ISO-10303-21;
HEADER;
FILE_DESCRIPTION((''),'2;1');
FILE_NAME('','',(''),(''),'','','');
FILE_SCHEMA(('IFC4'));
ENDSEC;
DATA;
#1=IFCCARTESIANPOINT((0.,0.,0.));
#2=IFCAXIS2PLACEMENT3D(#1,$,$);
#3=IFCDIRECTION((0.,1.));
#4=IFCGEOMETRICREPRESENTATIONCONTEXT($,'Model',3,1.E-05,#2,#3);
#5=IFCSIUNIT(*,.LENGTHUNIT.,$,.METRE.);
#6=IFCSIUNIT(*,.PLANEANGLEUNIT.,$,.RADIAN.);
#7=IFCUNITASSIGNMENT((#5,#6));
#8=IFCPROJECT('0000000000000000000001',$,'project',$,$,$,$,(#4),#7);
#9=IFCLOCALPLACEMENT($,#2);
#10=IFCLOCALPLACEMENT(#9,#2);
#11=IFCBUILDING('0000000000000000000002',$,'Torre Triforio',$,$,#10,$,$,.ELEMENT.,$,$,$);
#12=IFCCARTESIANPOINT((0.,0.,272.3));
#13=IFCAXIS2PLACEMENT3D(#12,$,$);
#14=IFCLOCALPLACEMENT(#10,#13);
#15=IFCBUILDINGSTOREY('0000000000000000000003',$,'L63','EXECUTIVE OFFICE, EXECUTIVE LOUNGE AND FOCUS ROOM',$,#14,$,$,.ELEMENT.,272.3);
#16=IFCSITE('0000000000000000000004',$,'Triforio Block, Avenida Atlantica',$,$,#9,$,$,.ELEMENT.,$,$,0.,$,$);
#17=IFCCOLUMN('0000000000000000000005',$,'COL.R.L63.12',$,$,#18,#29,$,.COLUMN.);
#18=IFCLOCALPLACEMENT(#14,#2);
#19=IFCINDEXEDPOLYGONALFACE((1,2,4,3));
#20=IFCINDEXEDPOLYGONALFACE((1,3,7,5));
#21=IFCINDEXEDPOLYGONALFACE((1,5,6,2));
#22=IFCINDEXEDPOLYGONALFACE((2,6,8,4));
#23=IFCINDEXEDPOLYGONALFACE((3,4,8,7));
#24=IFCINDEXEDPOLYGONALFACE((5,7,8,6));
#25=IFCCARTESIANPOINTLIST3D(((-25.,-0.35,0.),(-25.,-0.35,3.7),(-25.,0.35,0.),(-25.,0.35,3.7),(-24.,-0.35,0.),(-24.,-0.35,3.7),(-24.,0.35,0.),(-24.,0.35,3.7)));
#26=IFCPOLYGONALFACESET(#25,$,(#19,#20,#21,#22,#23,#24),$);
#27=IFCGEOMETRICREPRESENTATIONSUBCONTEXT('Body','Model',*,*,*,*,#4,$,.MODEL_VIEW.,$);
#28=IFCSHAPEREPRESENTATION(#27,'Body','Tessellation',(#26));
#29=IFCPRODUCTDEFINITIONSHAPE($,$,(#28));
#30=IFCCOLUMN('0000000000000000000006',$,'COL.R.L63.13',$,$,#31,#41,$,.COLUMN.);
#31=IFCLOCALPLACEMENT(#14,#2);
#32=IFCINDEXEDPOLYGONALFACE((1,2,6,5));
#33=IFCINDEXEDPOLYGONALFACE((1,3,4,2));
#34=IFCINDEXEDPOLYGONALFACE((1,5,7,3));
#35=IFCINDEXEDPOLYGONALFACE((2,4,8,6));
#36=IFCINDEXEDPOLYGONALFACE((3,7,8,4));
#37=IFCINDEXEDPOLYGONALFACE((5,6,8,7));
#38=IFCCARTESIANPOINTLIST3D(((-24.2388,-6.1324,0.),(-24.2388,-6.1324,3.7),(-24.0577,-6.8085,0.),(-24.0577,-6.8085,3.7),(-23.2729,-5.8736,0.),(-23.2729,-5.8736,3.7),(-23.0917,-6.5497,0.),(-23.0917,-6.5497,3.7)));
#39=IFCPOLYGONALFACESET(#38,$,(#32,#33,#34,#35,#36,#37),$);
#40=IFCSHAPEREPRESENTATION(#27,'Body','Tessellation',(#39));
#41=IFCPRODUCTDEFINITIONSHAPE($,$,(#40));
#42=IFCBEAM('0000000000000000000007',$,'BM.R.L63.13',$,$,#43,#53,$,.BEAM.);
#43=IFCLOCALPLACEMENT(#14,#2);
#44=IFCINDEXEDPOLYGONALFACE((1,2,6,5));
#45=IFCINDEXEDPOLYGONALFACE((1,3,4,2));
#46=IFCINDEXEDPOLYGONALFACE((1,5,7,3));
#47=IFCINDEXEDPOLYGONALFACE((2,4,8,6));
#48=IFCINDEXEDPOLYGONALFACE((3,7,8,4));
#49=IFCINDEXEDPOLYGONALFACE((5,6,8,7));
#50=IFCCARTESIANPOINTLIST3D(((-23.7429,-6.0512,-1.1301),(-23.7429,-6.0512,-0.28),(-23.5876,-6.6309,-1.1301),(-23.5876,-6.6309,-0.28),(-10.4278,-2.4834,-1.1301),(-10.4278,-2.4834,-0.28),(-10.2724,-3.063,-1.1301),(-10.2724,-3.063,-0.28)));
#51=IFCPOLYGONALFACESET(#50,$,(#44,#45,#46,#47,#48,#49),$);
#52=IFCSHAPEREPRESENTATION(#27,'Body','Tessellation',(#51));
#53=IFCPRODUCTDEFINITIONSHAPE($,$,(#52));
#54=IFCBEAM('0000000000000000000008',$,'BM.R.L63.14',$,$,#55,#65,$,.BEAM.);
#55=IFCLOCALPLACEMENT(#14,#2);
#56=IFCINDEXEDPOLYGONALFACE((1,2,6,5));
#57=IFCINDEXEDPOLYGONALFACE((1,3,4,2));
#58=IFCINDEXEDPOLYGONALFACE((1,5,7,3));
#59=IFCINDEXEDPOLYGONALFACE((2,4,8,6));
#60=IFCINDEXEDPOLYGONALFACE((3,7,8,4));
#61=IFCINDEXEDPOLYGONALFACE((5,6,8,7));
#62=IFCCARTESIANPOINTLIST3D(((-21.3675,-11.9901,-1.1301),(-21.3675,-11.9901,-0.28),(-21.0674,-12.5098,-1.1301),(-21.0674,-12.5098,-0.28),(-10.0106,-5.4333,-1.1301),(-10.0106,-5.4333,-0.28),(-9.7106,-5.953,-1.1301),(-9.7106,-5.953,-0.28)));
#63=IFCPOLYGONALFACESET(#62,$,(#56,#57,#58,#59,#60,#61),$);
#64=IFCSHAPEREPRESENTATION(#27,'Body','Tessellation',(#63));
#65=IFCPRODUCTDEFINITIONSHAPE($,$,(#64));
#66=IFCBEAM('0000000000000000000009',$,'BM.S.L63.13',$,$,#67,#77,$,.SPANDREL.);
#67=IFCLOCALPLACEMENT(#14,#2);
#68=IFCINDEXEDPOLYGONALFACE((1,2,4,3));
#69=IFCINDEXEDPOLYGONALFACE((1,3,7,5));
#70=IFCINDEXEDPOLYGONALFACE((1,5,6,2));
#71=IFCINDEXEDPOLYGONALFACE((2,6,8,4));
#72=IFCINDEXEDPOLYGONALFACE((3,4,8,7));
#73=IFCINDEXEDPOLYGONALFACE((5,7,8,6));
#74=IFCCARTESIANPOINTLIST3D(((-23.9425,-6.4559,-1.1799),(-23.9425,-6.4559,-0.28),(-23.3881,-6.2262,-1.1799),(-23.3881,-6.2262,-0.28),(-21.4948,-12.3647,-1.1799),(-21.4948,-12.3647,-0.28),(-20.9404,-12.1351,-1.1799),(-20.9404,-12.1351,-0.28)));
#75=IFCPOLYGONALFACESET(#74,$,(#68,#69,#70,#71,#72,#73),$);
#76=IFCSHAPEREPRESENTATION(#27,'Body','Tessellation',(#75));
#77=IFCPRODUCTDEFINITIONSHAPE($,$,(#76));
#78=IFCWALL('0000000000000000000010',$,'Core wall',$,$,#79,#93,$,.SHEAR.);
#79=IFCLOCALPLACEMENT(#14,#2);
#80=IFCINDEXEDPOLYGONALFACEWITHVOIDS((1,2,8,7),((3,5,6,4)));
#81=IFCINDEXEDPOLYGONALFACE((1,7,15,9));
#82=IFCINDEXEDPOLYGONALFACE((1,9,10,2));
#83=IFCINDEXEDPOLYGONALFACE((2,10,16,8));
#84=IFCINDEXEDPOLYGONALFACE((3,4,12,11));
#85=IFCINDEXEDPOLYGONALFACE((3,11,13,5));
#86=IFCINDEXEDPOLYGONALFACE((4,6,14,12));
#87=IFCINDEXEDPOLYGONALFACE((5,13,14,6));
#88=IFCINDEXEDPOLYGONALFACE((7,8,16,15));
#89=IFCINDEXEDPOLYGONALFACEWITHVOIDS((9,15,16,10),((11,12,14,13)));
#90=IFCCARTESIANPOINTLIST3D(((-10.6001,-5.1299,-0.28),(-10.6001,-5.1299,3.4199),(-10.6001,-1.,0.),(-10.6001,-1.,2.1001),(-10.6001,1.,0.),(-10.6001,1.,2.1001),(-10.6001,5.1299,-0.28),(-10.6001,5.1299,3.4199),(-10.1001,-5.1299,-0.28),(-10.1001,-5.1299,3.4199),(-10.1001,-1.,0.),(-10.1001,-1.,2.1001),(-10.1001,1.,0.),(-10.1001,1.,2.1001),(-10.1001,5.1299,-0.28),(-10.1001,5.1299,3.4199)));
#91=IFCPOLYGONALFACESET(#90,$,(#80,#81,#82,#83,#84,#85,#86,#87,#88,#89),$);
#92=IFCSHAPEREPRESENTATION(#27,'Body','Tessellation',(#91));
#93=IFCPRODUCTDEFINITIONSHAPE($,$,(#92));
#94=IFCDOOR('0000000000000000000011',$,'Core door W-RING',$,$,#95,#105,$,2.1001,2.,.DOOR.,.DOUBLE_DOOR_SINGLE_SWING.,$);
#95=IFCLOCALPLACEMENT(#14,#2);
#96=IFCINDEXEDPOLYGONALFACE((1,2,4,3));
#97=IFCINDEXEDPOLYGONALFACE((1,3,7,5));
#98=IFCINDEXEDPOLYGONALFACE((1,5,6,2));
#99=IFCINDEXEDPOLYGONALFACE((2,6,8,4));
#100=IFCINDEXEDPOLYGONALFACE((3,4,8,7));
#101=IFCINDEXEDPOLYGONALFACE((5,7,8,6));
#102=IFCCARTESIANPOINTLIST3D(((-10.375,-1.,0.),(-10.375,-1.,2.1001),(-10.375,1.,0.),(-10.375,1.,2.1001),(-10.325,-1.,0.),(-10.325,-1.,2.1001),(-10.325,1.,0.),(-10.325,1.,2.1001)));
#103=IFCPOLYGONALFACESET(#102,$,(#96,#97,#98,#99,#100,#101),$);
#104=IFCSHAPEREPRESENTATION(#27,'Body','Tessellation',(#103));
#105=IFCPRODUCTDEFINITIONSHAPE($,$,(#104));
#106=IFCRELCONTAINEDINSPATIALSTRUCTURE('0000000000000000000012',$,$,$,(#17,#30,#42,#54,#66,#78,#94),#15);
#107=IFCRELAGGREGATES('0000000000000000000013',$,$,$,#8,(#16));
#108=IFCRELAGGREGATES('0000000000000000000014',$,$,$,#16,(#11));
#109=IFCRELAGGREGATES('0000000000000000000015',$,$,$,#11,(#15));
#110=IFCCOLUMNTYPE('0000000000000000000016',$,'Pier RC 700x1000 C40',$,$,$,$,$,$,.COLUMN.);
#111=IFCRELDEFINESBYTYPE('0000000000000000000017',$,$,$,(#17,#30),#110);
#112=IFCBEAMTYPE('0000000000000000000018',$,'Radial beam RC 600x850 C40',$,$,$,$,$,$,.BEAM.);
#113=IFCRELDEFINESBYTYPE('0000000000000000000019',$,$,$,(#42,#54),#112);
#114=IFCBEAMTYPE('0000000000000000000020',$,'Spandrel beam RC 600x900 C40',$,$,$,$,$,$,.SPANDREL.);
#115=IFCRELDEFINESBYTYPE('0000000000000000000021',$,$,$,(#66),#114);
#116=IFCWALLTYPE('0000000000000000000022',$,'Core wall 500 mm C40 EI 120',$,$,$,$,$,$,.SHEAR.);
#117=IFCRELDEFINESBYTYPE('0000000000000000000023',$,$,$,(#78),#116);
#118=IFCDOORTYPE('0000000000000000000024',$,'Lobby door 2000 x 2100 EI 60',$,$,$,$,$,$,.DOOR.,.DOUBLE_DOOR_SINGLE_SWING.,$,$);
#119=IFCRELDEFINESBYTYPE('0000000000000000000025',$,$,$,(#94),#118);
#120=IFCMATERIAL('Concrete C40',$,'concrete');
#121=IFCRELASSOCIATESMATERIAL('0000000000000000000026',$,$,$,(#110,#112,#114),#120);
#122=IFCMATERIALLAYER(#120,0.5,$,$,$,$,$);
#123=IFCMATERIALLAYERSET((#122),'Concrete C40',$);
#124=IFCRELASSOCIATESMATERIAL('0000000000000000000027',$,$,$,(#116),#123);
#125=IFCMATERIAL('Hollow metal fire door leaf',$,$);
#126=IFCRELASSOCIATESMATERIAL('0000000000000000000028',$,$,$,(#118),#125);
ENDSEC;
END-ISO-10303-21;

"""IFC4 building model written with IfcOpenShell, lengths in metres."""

from ifc_helpers import new_model, si_unit, direction, frame, frame_2d, origin, origin_2d, place, context, subcontext, project, spatial, rectangle, extrude, material, layer, layer_set, material_profile, profile_set, type_object, element, fill, save


model = new_model("IFC4")

# Units and contexts
model_context = context("Model", 3, precision=1e-05, world=origin(), true_north=direction((0.0, 1.0)))
body_context = subcontext(model_context, "Body", "Model", "MODEL_VIEW")
ifc_project = project(units=[si_unit("LENGTHUNIT", "METRE"), si_unit("PLANEANGLEUNIT", "RADIAN")], contexts=[model_context])

# Site, building, storey
site_placement = place(None, origin())
site = spatial("IfcSite", under=ifc_project, at=site_placement, Name="Triforio Block, Avenida Atlantica", CompositionType="ELEMENT", RefElevation=0.0)
building_placement = place(site_placement, origin())
building = spatial("IfcBuilding", under=site, at=building_placement, Name="Torre Triforio", CompositionType="ELEMENT")
storey_placement = place(building_placement, frame((0.0, 0.0, 272.3)))
storey = spatial("IfcBuildingStorey", under=building, at=storey_placement, Name="L63", Description="EXECUTIVE OFFICE, EXECUTIVE LOUNGE AND FOCUS ROOM", CompositionType="ELEMENT", Elevation=272.3)

# Columns
ifc_material_1 = material(Name="Concrete C40", Category="concrete")
ifc_material_profile_1 = material_profile(ifc_material_1, rectangle(XDim=0.7, YDim=1.0, at=origin_2d()), Name="RC 700x1000")
ifc_profile_set_1 = profile_set([ifc_material_profile_1], Name="Concrete C40")
column_type = type_object("IfcColumnType", Name="Pier RC 700x1000 C40", PredefinedType="COLUMN", material=ifc_profile_set_1)
for number, where, z_axis, x_axis, name in (
    (1, (-24.5, 0.0, 0.0), (0.0, 0.0, 1.0), (0.0, -1.0, 0.0), "COL.R.L63.12"),
    (2, (-23.6653, -6.3411, 0.0), (0.0, 0.0, 1.0), (0.258819, -0.965926, 0.0), "COL.R.L63.13"),
):
    element("IfcColumn", number, at=place(storey_placement, frame(where, z_axis=z_axis, x_axis=x_axis)), inside=storey, type_object=column_type, Name=name, PredefinedType="COLUMN", context=body_context, shape_type="SweptSolid", body=[
        extrude(rectangle(XDim=0.7, YDim=1.0, at=origin_2d()), origin(), (0.0, 0.0, 1.0), 3.7),
    ])

# Beams
ifc_material_profile_2 = material_profile(ifc_material_1, rectangle(XDim=0.6001, YDim=0.8501, at=origin_2d()), Name="RC 600x850")
ifc_profile_set_2 = profile_set([ifc_material_profile_2], Name="Concrete C40")
beam_type_1 = type_object("IfcBeamType", Name="Radial beam RC 600x850 C40", PredefinedType="BEAM", material=ifc_profile_set_2)
beam_1_placement = place(storey_placement, frame((-10.3501, -2.7732, -0.7051), z_axis=(-0.965924, -0.258824, 0.0), x_axis=(0.258824, -0.965924, 0.0)))
element("IfcBeam", 3, at=beam_1_placement, inside=storey, type_object=beam_type_1, Name="BM.R.L63.13", PredefinedType="BEAM", context=body_context, shape_type="SweptSolid", body=[
    extrude(rectangle(XDim=0.6001, YDim=0.8501, at=origin_2d()), origin(), (0.0, 0.0, 1.0), 13.7849),
])
beam_2_placement = place(storey_placement, frame((-9.8606, -5.6931, -0.7051), z_axis=(-0.866027, -0.499997, 0.0), x_axis=(0.499997, -0.866027, 0.0)))
element("IfcBeam", 4, at=beam_2_placement, inside=storey, type_object=beam_type_1, Name="BM.R.L63.14", PredefinedType="BEAM", context=body_context, shape_type="SweptSolid", body=[
    extrude(rectangle(XDim=0.6001, YDim=0.8501, at=origin_2d()), origin(), (0.0, 0.0, 1.0), 13.1138),
])
ifc_material_profile_3 = material_profile(ifc_material_1, rectangle(XDim=0.6001, YDim=0.8999, at=origin_2d()), Name="RC 600x900")
ifc_profile_set_3 = profile_set([ifc_material_profile_3], Name="Concrete C40")
beam_type_2 = type_object("IfcBeamType", Name="Spandrel beam RC 600x900 C40", PredefinedType="SPANDREL", material=ifc_profile_set_3)
beam_3_placement = place(storey_placement, frame((-23.6653, -6.3411, -0.73), z_axis=(0.382709, -0.923869, 0.0), x_axis=(0.923869, 0.382709, 0.0)))
element("IfcBeam", 5, at=beam_3_placement, inside=storey, type_object=beam_type_2, Name="BM.S.L63.13", PredefinedType="SPANDREL", context=body_context, shape_type="SweptSolid", body=[
    extrude(rectangle(XDim=0.6001, YDim=0.8999, at=origin_2d()), origin(), (0.0, 0.0, 1.0), 6.3958),
])

# Wall, opening, door
ifc_layer_1 = layer(ifc_material_1, 0.5)
ifc_layer_set_1 = layer_set([ifc_layer_1], Name="Concrete C40")
wall_type_1 = type_object("IfcWallType", Name="Core wall 500 mm C40 EI 120", PredefinedType="SHEAR", material=ifc_layer_set_1)
wall_1_placement = place(storey_placement, frame((-10.3501, -5.1299, -0.28), z_axis=(0.0, 0.0, 1.0), x_axis=(0.0, 1.0, 0.0)))
wall_1 = element("IfcWall", 6, at=wall_1_placement, inside=storey, type_object=wall_type_1, Name="Core wall", PredefinedType="SHEAR", context=body_context, shape_type="SweptSolid", body=[
    extrude(rectangle(XDim=10.2598, YDim=0.5, at=frame_2d((5.1299, 0.0))), origin(), (0.0, 0.0, 1.0), 3.7),
])
opening_1_placement = place(wall_1_placement, frame((4.1299, 0.0, 0.28)))
opening_1 = element("IfcOpeningElement", 7, at=opening_1_placement, cuts=wall_1, PredefinedType="OPENING", context=body_context, shape_type="SweptSolid", body=[
    extrude(rectangle(XDim=2.0, YDim=2.1001, at=frame_2d((1.0, 1.05))), frame((0.0, 0.26, 0.0), z_axis=(0.0, -1.0, 0.0), x_axis=(1.0, 0.0, 0.0)), (0.0, 0.0, 1.0), 0.52),
])
ifc_material_2 = material(Name="Hollow metal fire door leaf")
door_type_1 = type_object("IfcDoorType", Name="Lobby door 2000 x 2100 EI 60", OperationType="DOUBLE_DOOR_SINGLE_SWING", PredefinedType="DOOR", material=ifc_material_2)
door_1_placement = place(opening_1_placement, origin())
door_1 = element("IfcDoor", 8, at=door_1_placement, inside=storey, type_object=door_type_1, Name="Core door W-RING", OperationType="DOUBLE_DOOR_SINGLE_SWING", OverallHeight=2.1001, OverallWidth=2.0, PredefinedType="DOOR", context=body_context, shape_type="SweptSolid", body=[
    extrude(rectangle(XDim=2.0, YDim=2.1001, at=frame_2d((1.0, 1.05))), frame((0.0, 0.0249, 0.0), z_axis=(0.0, -1.0, 0.0), x_axis=(1.0, 0.0, 0.0)), (0.0, 0.0, 1.0), 0.05),
])
fill(opening_1, door_1)

save(model, "model.ifc")
